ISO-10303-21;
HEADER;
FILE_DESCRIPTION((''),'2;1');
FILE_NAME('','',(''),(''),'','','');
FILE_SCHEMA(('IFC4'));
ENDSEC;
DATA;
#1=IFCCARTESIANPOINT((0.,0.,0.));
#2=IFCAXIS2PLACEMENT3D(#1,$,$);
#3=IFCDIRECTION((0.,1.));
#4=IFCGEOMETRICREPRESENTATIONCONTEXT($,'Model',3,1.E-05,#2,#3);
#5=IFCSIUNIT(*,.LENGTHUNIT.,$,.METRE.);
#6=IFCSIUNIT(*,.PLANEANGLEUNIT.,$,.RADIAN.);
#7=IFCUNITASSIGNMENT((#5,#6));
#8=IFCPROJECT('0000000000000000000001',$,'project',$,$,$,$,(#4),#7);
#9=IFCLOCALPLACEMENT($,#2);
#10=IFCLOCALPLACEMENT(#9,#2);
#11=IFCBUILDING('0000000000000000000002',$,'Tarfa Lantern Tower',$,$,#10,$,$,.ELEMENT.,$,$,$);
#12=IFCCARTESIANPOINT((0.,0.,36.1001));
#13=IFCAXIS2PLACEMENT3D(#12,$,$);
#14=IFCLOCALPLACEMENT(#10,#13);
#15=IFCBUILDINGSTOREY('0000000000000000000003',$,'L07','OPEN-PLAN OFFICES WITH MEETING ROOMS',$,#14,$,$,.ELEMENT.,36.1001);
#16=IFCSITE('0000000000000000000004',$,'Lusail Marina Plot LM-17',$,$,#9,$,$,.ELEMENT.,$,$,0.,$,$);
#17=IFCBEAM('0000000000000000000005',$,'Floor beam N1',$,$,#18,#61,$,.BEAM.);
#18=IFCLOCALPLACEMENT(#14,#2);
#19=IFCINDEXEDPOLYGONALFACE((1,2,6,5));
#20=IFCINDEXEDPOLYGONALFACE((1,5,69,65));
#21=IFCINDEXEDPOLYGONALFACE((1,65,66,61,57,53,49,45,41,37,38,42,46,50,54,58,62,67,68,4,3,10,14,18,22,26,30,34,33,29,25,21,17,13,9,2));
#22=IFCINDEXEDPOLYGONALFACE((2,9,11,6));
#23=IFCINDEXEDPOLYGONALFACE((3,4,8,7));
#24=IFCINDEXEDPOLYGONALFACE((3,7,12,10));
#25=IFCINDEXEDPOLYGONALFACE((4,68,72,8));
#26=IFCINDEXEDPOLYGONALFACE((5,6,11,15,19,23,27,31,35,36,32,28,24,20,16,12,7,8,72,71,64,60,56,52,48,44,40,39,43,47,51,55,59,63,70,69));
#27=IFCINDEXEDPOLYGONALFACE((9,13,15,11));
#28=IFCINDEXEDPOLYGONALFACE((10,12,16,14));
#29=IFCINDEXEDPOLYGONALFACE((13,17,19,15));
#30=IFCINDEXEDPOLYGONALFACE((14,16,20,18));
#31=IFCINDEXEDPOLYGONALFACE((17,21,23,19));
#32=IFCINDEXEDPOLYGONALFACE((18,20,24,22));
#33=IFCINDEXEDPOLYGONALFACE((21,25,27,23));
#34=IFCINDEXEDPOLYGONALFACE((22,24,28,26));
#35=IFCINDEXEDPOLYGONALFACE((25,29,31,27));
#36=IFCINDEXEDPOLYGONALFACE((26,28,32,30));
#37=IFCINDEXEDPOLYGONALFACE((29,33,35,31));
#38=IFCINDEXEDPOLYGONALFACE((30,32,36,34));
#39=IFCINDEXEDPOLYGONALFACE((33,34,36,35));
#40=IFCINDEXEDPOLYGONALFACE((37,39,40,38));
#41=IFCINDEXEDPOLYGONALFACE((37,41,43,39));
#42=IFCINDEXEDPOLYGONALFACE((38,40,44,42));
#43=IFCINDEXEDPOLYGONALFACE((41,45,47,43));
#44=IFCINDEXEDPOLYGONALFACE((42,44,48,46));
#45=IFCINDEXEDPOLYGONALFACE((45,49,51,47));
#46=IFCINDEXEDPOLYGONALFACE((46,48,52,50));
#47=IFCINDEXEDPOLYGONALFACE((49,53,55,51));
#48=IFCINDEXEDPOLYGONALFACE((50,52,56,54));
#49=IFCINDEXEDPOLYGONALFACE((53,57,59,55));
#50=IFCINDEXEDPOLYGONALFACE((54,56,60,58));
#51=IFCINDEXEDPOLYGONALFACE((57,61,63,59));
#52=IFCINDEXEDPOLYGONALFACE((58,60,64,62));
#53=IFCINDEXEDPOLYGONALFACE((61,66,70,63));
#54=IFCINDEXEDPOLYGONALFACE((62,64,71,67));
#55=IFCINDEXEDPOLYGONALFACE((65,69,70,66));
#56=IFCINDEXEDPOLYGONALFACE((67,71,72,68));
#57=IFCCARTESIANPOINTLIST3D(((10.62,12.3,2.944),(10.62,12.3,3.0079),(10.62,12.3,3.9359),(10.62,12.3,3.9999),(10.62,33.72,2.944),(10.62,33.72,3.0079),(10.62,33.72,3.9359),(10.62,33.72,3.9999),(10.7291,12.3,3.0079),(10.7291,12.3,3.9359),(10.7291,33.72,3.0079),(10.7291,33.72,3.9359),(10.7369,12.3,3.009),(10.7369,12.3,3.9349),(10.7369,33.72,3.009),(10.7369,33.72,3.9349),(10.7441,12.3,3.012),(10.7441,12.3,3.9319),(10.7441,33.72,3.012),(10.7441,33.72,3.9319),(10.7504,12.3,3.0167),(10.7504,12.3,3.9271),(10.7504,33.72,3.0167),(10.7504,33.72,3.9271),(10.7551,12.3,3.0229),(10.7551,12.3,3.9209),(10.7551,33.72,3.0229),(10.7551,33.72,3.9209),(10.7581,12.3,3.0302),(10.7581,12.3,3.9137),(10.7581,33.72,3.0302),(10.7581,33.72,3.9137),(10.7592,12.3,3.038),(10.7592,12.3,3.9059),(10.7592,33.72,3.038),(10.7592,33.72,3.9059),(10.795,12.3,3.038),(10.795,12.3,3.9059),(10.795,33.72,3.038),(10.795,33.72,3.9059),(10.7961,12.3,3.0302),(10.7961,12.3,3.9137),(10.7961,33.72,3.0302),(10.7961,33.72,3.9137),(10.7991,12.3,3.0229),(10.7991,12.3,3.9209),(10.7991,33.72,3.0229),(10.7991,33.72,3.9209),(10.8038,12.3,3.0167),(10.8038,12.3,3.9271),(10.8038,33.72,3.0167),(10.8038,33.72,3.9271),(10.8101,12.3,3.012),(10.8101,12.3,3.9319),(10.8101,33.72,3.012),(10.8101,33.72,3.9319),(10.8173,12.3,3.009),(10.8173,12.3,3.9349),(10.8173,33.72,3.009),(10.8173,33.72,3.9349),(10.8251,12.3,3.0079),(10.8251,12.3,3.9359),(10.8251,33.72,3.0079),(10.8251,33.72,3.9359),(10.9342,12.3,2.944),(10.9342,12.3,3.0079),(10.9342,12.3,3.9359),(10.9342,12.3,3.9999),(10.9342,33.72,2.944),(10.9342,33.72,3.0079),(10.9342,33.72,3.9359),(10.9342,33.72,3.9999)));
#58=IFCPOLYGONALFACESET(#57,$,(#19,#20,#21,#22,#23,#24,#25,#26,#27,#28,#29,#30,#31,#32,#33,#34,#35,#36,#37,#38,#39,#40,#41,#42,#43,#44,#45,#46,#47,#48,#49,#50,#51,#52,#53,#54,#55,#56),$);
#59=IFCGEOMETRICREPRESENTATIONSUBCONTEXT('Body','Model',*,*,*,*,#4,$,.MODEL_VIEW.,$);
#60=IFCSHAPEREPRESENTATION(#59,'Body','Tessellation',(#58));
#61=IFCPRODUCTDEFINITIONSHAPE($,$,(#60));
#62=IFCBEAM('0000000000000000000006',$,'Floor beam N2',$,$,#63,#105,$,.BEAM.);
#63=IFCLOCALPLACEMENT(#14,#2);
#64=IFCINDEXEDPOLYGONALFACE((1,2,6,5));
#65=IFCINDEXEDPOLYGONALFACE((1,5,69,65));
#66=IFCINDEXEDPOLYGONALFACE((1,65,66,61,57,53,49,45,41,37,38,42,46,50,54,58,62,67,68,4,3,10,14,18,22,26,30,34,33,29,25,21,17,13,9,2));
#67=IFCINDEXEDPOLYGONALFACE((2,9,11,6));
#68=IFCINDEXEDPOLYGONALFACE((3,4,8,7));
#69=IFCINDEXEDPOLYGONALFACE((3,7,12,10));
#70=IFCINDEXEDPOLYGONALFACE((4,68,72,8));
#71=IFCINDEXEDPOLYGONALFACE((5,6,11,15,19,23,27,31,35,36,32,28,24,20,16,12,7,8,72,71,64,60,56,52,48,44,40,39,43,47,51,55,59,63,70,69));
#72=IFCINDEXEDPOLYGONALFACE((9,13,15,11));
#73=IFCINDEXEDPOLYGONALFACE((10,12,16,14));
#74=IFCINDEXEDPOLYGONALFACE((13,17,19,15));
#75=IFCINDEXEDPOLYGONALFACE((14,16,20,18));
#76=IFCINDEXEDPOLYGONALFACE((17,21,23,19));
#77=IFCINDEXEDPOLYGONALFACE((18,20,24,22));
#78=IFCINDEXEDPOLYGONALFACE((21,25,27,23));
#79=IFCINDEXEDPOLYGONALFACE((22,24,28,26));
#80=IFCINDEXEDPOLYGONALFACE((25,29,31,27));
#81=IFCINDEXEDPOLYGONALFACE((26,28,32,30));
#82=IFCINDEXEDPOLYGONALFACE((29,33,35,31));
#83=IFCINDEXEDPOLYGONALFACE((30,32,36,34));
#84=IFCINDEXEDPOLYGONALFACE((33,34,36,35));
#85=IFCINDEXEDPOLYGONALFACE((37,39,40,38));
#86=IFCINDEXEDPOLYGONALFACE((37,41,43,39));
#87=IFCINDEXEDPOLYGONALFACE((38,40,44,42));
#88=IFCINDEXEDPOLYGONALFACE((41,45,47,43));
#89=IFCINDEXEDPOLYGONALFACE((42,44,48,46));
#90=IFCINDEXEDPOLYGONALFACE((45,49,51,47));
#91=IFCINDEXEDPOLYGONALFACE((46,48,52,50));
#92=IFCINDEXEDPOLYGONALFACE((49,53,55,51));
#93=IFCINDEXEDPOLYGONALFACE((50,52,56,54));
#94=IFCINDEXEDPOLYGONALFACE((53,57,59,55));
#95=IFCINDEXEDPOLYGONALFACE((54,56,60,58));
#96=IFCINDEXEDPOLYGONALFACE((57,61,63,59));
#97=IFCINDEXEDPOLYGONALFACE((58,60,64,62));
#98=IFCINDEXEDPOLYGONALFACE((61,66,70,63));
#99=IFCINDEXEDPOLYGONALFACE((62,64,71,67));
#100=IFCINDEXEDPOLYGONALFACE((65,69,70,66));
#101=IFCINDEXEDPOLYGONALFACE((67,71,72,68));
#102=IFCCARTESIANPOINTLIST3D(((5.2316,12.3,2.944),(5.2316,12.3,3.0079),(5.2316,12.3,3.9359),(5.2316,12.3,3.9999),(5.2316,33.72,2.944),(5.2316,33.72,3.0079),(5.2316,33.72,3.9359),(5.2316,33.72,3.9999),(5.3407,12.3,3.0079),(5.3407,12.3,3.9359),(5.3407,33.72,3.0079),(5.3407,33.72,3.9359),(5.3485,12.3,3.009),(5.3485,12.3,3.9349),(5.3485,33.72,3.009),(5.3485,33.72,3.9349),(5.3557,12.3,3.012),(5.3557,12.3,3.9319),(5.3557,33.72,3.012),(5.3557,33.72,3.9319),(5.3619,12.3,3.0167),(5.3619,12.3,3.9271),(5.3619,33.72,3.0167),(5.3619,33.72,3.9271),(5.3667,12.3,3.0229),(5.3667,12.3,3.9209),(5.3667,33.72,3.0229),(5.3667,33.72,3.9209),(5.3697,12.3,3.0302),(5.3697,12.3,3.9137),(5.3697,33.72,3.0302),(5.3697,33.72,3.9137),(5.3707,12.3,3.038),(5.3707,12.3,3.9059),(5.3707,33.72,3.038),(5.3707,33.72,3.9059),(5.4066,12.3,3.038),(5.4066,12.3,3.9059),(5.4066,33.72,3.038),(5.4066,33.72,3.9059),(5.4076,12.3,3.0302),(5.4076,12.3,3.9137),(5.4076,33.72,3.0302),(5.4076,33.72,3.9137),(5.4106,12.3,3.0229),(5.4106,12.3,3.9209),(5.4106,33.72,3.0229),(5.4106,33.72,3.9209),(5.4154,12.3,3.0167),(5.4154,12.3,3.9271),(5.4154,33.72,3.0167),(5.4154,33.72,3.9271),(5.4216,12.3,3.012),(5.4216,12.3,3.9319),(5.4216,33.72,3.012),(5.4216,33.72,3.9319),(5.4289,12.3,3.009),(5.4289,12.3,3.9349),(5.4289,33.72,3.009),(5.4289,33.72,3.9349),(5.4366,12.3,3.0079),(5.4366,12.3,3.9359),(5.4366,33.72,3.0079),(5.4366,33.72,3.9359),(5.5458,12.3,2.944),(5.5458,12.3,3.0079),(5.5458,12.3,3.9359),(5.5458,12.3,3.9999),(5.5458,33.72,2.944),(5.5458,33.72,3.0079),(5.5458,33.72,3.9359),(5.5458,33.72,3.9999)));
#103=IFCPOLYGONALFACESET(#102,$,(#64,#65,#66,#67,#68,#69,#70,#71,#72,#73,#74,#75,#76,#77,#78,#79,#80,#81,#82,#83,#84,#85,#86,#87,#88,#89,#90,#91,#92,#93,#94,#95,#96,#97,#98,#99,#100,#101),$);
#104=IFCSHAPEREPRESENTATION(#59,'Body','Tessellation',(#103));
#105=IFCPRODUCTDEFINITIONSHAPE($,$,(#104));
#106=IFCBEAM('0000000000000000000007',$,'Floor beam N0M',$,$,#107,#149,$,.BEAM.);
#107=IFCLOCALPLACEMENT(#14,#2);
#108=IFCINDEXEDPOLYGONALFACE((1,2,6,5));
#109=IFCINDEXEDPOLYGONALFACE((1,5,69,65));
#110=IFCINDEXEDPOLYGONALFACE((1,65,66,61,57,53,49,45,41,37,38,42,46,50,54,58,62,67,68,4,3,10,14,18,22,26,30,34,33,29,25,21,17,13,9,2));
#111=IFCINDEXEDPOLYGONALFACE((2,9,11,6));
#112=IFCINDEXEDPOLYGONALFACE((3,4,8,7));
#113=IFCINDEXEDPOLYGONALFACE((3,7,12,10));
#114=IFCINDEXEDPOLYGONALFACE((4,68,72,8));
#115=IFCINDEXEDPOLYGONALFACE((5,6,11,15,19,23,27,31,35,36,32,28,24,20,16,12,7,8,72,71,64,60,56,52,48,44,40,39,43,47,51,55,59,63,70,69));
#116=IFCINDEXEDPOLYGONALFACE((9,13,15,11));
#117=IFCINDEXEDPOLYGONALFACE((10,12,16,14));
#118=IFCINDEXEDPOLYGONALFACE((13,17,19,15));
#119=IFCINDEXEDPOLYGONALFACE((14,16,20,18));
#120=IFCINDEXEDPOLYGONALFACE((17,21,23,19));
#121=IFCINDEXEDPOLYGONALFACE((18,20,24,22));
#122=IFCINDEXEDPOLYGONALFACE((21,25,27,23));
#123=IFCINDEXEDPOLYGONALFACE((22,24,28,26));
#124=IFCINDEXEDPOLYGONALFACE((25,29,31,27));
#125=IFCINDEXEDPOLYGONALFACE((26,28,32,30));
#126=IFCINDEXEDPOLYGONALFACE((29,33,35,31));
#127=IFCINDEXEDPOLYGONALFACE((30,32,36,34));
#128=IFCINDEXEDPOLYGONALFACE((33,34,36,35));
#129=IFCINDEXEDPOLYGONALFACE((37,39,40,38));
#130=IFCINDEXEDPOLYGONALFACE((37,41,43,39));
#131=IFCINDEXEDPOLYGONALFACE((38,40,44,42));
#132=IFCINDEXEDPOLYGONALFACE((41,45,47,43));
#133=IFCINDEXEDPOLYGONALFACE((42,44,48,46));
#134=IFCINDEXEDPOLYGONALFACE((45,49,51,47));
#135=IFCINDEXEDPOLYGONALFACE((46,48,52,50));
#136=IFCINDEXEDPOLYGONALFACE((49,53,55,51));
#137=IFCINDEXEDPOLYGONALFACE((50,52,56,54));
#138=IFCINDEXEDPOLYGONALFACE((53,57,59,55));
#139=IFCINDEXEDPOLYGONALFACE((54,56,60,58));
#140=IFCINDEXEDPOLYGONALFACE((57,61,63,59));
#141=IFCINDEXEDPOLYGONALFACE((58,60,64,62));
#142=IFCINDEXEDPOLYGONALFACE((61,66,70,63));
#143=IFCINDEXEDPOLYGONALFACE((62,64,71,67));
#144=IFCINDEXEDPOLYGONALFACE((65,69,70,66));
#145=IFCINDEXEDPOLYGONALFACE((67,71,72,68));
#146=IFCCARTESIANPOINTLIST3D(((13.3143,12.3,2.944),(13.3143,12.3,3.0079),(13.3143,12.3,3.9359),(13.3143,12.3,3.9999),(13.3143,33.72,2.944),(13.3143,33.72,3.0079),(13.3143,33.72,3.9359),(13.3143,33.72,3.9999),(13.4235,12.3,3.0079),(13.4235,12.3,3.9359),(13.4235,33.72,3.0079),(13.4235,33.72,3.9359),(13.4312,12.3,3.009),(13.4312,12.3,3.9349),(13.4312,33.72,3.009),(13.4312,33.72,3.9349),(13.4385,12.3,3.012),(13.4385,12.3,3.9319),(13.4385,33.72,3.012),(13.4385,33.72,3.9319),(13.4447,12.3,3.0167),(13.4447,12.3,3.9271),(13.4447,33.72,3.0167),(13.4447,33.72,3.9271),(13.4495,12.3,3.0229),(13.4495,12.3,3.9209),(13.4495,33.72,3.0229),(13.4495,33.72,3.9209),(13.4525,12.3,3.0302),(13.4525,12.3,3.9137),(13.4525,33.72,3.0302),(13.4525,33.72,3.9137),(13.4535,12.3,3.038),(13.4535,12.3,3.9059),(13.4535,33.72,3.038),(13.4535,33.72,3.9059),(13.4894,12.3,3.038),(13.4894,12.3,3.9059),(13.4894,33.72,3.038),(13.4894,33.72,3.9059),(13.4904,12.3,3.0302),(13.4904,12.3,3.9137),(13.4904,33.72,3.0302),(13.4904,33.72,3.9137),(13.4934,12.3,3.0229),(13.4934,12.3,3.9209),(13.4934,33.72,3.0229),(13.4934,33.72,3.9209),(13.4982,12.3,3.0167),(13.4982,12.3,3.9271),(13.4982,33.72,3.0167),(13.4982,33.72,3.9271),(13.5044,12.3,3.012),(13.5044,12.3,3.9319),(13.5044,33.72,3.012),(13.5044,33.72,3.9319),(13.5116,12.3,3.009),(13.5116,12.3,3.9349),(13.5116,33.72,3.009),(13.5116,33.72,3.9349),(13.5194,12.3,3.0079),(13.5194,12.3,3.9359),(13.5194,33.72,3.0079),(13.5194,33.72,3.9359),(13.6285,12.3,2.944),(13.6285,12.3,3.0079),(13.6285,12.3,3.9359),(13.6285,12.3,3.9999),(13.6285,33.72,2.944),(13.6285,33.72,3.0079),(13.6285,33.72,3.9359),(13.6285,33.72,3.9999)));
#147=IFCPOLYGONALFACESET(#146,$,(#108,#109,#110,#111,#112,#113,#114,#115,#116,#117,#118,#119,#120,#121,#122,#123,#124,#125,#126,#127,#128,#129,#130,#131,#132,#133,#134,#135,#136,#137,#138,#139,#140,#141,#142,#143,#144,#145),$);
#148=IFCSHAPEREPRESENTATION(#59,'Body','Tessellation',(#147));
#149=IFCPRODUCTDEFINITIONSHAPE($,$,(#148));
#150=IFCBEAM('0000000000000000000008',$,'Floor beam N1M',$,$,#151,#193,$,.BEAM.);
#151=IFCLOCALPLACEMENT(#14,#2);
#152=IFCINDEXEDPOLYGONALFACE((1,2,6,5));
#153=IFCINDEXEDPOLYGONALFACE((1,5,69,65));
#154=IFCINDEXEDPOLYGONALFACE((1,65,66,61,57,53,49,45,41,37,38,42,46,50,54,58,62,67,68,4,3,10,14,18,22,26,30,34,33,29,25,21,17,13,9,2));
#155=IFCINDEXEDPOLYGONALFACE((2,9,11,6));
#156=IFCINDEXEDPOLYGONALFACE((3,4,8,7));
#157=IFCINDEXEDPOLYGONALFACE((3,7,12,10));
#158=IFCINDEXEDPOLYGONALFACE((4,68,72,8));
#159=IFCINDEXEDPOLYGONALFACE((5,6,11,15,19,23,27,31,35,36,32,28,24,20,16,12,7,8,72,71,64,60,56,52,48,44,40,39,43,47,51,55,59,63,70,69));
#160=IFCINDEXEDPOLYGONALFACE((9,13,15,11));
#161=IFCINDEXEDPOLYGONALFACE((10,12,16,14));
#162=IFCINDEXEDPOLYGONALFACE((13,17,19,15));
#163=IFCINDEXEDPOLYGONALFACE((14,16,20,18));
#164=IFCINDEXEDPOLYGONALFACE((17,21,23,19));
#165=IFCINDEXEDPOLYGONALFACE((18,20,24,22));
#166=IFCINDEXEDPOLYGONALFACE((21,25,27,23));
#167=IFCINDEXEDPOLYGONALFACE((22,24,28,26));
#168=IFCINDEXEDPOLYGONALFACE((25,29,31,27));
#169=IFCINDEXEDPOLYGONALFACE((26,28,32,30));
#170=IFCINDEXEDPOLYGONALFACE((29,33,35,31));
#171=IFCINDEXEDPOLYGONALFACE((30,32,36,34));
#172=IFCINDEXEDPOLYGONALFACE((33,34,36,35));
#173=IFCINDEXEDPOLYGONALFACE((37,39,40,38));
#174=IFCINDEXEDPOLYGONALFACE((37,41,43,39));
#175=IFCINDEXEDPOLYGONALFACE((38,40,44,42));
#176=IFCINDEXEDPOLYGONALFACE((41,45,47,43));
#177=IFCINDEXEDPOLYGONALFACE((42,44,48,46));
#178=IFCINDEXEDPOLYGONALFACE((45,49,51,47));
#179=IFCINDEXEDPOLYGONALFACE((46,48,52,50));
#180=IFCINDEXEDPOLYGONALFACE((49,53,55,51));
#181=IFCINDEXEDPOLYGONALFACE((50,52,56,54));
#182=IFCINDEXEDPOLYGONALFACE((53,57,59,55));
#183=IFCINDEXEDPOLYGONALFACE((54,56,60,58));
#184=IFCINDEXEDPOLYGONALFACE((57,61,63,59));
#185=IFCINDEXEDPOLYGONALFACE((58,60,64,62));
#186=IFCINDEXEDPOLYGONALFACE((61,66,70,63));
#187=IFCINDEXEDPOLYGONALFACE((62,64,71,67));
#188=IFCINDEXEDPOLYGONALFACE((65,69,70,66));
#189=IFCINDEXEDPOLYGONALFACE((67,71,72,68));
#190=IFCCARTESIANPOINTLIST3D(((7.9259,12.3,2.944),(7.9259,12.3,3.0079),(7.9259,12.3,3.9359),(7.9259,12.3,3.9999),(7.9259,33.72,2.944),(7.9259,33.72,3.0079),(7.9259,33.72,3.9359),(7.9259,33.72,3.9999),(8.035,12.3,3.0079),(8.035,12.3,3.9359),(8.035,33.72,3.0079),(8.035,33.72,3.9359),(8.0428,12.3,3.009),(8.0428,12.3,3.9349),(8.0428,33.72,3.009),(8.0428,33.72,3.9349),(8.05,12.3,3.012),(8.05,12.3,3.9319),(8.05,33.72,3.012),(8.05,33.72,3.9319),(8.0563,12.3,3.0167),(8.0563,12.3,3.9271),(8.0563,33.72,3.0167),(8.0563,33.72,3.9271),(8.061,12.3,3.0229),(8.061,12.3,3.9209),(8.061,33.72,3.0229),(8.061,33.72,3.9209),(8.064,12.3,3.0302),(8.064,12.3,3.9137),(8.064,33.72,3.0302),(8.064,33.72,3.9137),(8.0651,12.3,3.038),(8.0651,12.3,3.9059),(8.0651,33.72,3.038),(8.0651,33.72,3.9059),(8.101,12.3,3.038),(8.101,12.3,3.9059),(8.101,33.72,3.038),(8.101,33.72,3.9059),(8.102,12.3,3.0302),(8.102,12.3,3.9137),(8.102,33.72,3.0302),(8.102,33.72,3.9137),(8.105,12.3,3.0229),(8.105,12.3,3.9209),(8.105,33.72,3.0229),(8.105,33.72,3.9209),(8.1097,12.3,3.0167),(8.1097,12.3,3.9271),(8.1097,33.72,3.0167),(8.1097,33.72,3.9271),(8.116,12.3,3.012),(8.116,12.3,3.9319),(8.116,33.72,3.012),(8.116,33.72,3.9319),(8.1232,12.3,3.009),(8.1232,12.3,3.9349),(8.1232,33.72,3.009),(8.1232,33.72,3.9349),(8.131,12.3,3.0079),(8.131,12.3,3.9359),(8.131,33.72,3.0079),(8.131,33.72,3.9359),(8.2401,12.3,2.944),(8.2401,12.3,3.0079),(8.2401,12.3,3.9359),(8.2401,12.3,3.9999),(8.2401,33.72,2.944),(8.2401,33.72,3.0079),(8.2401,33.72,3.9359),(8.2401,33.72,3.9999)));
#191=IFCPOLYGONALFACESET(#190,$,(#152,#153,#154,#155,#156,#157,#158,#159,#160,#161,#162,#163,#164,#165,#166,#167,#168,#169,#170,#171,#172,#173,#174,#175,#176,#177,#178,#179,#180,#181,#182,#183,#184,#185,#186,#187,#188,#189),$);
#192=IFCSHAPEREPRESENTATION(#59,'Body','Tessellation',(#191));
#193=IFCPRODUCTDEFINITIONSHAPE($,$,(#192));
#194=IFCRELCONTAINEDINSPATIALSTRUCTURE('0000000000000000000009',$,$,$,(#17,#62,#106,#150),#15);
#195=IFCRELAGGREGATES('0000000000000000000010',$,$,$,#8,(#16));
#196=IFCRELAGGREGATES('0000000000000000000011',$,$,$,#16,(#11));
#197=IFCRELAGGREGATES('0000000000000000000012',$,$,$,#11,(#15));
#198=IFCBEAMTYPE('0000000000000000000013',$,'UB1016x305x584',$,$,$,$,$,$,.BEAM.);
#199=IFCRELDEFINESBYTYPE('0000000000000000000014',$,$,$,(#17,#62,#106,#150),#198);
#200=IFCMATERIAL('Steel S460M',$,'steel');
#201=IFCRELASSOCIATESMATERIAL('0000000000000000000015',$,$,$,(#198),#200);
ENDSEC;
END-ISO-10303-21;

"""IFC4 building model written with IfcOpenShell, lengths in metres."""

from ifc_helpers import new_model, si_unit, direction, frame, origin, origin_2d, place, context, subcontext, project, spatial, i_section, extrude, material, material_profile, profile_set, type_object, element, save


model = new_model("IFC4")

# Units and contexts
model_context = context("Model", 3, precision=1e-05, world=origin(), true_north=direction((0.0, 1.0)))
body_context = subcontext(model_context, "Body", "Model", "MODEL_VIEW")
ifc_project = project(units=[si_unit("LENGTHUNIT", "METRE"), si_unit("PLANEANGLEUNIT", "RADIAN")], contexts=[model_context])

# Site, building, storey
site_placement = place(None, origin())
site = spatial("IfcSite", under=ifc_project, at=site_placement, Name="Lusail Marina Plot LM-17", CompositionType="ELEMENT", RefElevation=0.0)
building_placement = place(site_placement, origin())
building = spatial("IfcBuilding", under=site, at=building_placement, Name="Tarfa Lantern Tower", CompositionType="ELEMENT")
storey_placement = place(building_placement, frame((0.0, 0.0, 36.1001)))
storey = spatial("IfcBuildingStorey", under=building, at=storey_placement, Name="L07", Description="OPEN-PLAN OFFICES WITH MEETING ROOMS", CompositionType="ELEMENT", Elevation=36.1001)

# Beams
ifc_material_1 = material(Name="Steel S460M", Category="steel")
ifc_material_profile_1 = material_profile(ifc_material_1, i_section(OverallWidth=0.3142, OverallDepth=1.0559, WebThickness=0.0359, FlangeThickness=0.064, FilletRadius=0.03, at=origin_2d()), Name="UB1016x305x584")
ifc_profile_set_1 = profile_set([ifc_material_profile_1], Name="Steel S460M")
beam_type_1 = type_object("IfcBeamType", Name="UB1016x305x584", PredefinedType="BEAM", material=ifc_profile_set_1)
for number, where, z_axis, x_axis, name in (
    (1, (10.7771, 33.72, 3.4719), (0.0, -1.0, 0.0), (1.0, 0.0, 0.0), "Floor beam N1"),
    (2, (5.3887, 33.72, 3.4719), (0.0, -1.0, 0.0), (1.0, 0.0, 0.0), "Floor beam N2"),
    (3, (13.4714, 33.72, 3.4719), (0.0, -1.0, 0.0), (1.0, 0.0, 0.0), "Floor beam N0M"),
    (4, (8.083, 33.72, 3.4719), (0.0, -1.0, 0.0), (1.0, 0.0, 0.0), "Floor beam N1M"),
):
    element("IfcBeam", number, at=place(storey_placement, frame(where, z_axis=z_axis, x_axis=x_axis)), inside=storey, type_object=beam_type_1, Name=name, PredefinedType="BEAM", context=body_context, shape_type="SweptSolid", body=[
        extrude(i_section(OverallWidth=0.3142, OverallDepth=1.0559, WebThickness=0.0359, FlangeThickness=0.064, FilletRadius=0.03, at=origin_2d()), origin(), (0.0, 0.0, 1.0), 21.4199),
    ])

save(model, "model.ifc")
